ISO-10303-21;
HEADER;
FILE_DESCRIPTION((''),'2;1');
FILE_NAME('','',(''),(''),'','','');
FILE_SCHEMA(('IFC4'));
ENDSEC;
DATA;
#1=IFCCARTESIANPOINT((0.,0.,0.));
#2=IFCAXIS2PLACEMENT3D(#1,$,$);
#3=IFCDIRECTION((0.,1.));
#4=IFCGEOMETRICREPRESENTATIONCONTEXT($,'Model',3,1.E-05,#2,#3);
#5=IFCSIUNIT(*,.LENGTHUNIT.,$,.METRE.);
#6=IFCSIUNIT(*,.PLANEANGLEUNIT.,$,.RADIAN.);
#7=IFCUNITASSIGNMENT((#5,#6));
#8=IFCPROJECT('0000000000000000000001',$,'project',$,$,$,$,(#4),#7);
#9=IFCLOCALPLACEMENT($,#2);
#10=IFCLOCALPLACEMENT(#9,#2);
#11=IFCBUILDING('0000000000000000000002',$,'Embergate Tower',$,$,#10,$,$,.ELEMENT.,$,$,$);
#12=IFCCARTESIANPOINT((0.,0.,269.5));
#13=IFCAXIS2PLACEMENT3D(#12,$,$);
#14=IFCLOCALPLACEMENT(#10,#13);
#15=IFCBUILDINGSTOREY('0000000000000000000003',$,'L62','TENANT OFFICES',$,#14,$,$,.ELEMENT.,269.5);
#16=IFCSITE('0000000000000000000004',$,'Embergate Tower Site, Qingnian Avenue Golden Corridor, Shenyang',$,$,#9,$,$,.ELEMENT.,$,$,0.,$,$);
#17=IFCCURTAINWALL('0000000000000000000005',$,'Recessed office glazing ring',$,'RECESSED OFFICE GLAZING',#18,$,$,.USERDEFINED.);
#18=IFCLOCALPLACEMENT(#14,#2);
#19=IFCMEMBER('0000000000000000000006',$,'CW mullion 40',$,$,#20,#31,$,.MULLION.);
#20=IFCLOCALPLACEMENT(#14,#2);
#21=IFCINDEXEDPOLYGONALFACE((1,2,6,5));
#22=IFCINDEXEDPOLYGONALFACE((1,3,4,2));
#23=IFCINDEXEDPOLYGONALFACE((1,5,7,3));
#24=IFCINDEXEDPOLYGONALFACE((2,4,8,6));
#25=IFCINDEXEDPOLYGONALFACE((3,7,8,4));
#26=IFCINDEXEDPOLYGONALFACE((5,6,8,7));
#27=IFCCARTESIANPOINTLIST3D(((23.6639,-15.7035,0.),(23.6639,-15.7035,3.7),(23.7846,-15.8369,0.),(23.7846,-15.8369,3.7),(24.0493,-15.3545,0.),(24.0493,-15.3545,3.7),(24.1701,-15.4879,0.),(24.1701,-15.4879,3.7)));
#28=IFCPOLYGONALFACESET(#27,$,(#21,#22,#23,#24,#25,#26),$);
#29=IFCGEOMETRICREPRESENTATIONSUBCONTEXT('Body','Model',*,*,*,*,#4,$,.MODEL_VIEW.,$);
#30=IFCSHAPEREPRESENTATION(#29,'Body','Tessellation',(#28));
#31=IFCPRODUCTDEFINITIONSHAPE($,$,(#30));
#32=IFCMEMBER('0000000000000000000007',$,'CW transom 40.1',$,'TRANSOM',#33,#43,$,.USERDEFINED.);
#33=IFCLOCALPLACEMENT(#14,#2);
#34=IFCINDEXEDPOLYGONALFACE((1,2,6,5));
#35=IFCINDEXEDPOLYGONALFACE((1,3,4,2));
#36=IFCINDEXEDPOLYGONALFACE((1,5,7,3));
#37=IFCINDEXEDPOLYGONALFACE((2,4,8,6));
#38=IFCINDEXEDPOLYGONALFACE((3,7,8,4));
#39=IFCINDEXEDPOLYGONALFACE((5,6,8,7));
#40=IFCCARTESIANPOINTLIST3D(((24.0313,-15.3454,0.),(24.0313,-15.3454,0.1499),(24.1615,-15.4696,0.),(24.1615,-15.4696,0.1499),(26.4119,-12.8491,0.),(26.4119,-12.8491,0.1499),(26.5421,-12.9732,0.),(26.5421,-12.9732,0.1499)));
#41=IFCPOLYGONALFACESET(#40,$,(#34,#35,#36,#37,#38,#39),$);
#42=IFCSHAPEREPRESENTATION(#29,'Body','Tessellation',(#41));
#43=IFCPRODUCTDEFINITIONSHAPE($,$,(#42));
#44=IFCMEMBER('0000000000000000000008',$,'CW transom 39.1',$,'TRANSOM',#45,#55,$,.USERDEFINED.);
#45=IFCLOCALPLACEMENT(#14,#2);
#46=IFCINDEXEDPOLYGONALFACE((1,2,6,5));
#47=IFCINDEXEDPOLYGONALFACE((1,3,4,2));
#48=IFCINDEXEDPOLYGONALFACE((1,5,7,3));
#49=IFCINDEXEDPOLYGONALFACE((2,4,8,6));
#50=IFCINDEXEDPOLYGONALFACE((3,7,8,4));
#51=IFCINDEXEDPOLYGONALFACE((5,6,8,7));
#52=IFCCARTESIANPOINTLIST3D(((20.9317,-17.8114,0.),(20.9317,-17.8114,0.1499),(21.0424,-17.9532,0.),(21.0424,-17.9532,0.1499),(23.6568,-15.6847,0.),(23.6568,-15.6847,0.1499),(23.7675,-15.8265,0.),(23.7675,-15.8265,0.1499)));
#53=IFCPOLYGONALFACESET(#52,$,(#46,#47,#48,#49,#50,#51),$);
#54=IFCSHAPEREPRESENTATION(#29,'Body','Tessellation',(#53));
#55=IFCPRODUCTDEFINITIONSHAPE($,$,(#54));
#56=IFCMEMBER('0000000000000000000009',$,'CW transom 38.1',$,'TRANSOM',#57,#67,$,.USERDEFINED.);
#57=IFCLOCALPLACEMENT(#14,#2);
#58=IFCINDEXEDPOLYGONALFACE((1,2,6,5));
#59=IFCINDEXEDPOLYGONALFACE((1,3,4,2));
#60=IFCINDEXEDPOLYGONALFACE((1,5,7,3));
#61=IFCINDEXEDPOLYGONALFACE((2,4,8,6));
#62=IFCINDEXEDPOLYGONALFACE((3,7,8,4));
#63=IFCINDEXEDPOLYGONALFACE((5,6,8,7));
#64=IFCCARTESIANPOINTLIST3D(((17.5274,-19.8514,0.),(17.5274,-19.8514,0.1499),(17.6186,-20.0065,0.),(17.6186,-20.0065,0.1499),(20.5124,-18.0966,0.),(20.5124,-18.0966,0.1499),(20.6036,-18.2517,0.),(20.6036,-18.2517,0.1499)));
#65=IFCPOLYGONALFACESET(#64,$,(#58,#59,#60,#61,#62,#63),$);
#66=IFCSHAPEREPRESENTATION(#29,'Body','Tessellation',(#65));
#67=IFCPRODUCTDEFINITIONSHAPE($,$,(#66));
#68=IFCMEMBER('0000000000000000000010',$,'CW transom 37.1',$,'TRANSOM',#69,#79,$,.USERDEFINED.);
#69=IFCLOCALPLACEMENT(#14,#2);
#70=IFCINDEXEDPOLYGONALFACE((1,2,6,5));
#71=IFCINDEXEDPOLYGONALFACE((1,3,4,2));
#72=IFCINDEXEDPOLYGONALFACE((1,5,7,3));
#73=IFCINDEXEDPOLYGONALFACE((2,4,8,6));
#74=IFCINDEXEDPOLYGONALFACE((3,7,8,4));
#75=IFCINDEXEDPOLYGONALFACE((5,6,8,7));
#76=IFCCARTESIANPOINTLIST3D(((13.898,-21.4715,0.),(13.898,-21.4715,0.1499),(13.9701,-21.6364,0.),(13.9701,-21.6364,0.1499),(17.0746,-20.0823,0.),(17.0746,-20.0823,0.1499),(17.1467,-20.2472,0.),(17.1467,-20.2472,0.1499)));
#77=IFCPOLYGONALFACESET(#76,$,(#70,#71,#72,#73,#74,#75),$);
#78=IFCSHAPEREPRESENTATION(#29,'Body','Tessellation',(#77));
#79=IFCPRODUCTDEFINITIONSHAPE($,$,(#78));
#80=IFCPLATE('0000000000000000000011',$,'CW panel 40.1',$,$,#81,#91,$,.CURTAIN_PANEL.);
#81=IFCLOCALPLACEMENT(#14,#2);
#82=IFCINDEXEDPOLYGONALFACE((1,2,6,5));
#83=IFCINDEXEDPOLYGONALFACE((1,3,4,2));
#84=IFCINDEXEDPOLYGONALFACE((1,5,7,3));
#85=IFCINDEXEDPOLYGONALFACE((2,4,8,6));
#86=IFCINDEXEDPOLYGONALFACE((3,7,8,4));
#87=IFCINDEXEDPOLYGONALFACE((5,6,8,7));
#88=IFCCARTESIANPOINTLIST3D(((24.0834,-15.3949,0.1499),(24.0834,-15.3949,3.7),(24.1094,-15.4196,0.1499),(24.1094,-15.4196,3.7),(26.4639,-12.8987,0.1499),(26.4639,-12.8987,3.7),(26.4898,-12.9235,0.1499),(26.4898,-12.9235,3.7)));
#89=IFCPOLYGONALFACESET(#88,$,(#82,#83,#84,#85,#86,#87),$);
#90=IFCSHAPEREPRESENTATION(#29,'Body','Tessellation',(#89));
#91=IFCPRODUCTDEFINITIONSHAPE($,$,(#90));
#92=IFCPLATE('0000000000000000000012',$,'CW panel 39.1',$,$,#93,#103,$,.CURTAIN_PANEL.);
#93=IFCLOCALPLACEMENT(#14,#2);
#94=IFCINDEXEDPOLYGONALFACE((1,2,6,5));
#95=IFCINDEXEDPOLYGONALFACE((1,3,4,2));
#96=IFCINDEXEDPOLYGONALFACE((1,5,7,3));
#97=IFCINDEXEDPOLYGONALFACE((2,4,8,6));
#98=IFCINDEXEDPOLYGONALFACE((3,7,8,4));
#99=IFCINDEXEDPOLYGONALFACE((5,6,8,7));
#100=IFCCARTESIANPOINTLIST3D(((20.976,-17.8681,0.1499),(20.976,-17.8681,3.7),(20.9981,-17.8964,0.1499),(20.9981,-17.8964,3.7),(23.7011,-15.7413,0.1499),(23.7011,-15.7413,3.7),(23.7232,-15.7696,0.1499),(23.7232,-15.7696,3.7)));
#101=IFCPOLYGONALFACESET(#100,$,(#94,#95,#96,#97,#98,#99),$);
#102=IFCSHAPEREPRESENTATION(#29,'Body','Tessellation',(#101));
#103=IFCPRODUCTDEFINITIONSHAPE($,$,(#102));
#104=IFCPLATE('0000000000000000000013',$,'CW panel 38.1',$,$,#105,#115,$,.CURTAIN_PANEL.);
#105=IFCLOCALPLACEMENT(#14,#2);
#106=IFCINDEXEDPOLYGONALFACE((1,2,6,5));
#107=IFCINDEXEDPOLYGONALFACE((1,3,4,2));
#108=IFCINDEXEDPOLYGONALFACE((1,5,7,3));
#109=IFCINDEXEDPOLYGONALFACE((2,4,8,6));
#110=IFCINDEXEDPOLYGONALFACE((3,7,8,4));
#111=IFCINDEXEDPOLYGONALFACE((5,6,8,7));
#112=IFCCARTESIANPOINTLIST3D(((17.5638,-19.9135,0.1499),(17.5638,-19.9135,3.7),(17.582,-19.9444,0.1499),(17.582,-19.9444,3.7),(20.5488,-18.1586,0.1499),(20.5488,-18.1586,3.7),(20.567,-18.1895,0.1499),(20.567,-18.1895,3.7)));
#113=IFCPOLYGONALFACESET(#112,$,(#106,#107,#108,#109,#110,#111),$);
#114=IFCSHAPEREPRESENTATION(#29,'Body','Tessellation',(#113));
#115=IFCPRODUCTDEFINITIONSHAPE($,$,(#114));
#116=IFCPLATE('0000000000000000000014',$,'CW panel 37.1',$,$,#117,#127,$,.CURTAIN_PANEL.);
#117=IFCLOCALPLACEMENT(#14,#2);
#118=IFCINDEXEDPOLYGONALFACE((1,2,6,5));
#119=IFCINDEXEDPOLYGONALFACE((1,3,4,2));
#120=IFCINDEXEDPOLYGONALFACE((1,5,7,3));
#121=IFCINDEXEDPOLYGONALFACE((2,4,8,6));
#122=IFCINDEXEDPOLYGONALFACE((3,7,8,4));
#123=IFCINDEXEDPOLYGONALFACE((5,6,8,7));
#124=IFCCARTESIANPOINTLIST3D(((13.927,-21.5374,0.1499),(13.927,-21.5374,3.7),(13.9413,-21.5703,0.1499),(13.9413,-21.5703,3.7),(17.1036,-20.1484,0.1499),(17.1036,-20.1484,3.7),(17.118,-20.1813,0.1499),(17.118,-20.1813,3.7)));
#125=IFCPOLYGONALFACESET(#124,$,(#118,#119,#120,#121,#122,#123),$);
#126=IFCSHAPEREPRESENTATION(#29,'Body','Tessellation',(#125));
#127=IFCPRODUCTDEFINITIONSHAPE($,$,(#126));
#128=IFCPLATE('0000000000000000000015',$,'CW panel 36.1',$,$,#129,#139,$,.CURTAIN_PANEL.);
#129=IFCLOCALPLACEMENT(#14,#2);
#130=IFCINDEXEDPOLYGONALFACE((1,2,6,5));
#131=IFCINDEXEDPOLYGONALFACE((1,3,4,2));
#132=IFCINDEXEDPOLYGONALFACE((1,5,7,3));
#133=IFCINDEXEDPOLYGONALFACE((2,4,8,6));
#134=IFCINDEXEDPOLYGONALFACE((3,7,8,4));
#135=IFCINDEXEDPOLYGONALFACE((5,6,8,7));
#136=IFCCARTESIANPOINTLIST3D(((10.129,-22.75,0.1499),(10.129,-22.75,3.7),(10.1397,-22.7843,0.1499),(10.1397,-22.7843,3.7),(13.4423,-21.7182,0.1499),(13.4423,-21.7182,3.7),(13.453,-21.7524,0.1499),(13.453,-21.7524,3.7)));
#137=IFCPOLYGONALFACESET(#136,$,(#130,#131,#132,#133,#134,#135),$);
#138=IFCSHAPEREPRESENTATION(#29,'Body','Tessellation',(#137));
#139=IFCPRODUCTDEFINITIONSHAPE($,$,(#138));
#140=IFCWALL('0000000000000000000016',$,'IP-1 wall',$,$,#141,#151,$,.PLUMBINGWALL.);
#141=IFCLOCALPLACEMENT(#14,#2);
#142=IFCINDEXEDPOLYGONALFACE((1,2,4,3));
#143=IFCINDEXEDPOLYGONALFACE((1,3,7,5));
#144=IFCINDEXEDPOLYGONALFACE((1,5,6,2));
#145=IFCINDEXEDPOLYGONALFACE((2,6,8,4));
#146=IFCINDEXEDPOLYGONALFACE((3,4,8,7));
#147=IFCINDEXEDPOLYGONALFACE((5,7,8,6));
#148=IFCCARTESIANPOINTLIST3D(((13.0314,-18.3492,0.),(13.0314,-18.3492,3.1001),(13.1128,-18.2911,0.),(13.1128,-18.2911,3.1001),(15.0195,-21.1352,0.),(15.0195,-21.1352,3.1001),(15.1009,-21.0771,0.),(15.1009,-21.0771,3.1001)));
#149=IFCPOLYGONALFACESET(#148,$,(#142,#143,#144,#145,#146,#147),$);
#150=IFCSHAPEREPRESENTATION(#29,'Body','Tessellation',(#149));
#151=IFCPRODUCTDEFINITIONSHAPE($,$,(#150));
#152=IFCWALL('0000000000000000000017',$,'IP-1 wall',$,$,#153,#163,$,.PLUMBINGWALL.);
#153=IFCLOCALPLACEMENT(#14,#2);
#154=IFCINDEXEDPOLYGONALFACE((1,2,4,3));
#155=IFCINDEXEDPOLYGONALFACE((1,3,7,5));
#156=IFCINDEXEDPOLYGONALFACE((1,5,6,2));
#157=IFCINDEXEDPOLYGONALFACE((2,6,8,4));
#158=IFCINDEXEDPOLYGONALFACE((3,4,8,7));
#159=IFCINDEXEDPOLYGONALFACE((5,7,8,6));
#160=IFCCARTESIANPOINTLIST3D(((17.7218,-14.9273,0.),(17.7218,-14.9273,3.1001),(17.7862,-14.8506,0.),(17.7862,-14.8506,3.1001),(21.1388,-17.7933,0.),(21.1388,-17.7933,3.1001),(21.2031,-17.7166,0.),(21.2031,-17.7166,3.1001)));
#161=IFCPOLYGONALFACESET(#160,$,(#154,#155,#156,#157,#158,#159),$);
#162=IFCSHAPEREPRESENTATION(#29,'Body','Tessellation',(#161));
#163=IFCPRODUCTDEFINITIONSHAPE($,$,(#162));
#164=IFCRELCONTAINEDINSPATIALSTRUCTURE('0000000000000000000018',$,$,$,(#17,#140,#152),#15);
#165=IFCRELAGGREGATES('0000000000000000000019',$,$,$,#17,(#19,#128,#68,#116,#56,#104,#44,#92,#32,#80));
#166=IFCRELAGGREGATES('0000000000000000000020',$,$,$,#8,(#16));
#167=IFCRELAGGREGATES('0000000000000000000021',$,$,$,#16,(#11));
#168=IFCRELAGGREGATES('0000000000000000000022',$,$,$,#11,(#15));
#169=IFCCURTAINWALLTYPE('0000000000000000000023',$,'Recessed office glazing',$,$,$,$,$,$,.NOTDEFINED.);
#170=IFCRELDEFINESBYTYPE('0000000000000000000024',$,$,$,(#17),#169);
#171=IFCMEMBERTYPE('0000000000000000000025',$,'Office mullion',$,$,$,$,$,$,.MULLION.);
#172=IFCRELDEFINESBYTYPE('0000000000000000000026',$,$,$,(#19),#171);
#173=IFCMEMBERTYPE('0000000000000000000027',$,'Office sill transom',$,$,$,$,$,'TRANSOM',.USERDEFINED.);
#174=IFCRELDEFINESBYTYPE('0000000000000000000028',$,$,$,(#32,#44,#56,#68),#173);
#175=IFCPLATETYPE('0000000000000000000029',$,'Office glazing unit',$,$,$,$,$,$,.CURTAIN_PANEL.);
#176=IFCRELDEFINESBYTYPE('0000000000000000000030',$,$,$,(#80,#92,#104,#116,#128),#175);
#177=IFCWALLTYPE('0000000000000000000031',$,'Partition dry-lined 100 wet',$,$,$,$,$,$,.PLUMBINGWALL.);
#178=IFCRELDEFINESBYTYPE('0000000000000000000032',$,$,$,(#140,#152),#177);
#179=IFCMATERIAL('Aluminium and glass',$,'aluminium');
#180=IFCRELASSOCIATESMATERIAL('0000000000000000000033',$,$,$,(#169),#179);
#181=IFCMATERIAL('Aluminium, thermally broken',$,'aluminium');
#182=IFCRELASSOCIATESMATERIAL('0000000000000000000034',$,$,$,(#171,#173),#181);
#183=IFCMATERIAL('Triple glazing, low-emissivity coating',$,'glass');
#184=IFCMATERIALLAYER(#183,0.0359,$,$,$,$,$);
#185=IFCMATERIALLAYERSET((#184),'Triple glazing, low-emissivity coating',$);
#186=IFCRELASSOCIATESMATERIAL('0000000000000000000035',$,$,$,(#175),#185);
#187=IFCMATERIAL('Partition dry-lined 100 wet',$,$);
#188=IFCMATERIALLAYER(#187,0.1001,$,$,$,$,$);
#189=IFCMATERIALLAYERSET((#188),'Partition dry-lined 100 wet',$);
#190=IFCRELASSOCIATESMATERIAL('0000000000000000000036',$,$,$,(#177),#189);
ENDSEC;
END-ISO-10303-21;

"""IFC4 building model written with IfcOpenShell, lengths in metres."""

from ifc_helpers import new_model, si_unit, direction, frame, frame_2d, origin, origin_2d, place, context, subcontext, project, spatial, rectangle, extrude, source, transform, mapped, material, layer, layer_set, material_profile, profile_set, type_object, element, aggregate, save


model = new_model("IFC4")

# Units and contexts
model_context = context("Model", 3, precision=1e-05, world=origin(), true_north=direction((0.0, 1.0)))
body_context = subcontext(model_context, "Body", "Model", "MODEL_VIEW")
ifc_project = project(units=[si_unit("LENGTHUNIT", "METRE"), si_unit("PLANEANGLEUNIT", "RADIAN")], contexts=[model_context])

# Site, building, storey
site_placement = place(None, origin())
site = spatial("IfcSite", under=ifc_project, at=site_placement, Name="Embergate Tower Site, Qingnian Avenue Golden Corridor, Shenyang", CompositionType="ELEMENT", RefElevation=0.0)
building_placement = place(site_placement, origin())
building = spatial("IfcBuilding", under=site, at=building_placement, Name="Embergate Tower", CompositionType="ELEMENT")
storey_placement = place(building_placement, frame((0.0, 0.0, 269.5)))
storey = spatial("IfcBuildingStorey", under=building, at=storey_placement, Name="L62", Description="TENANT OFFICES", CompositionType="ELEMENT", Elevation=269.5)

# Curtain wall, members, plates
ifc_material_1 = material(Name="Aluminium and glass", Category="aluminium")
curtain_wall_type = type_object("IfcCurtainWallType", Name="Recessed office glazing", PredefinedType="NOTDEFINED", material=ifc_material_1)
curtain_wall_placement = place(storey_placement, origin())
curtain_wall = element("IfcCurtainWall", 1, at=curtain_wall_placement, inside=storey, type_object=curtain_wall_type, Name="Recessed office glazing ring", ObjectType="RECESSED OFFICE GLAZING", PredefinedType="USERDEFINED")
ifc_material_2 = material(Name="Aluminium, thermally broken", Category="aluminium")
ifc_material_profile_1 = material_profile(ifc_material_2, rectangle(XDim=0.1799, YDim=0.52, at=origin_2d()), Name="AL 520x180")
ifc_profile_set_1 = profile_set([ifc_material_profile_1], Name="Aluminium, thermally broken")
member_type_1 = type_object("IfcMemberType", Name="Office mullion", PredefinedType="MULLION", material=ifc_profile_set_1)
shared_shape_1 = source(origin(), body_context, "Body", "SweptSolid", [
    extrude(rectangle(XDim=0.1799, YDim=0.52, at=origin_2d()), origin(), (0.0, 0.0, 1.0), 3.7),
])
member_1_placement = place(storey_placement, frame((23.917, -15.5957, 0.0), z_axis=(0.0, 0.0, 1.0), x_axis=(-0.671216, 0.741262, 0.0)))
member_1 = element("IfcMember", 2, at=member_1_placement, type_object=member_type_1, Name="CW mullion 40", PredefinedType="MULLION", context=body_context, shape_type="MappedRepresentation", body=[
    mapped(shared_shape_1, transform((0.0, 0.0, 0.0))),
])
ifc_material_profile_2 = material_profile(ifc_material_2, rectangle(XDim=0.1799, YDim=0.1499, at=origin_2d()), Name="AL 150x180")
ifc_profile_set_2 = profile_set([ifc_material_profile_2], Name="Aluminium, thermally broken")
member_type_2 = type_object("IfcMemberType", Name="Office sill transom", ElementType="TRANSOM", PredefinedType="USERDEFINED", material=ifc_profile_set_2)
shared_shape_2 = source(origin(), body_context, "Body", "SweptSolid", [
    extrude(rectangle(XDim=0.1799, YDim=0.1499, at=origin_2d()), origin(), (0.0, 0.0, 1.0), 3.4495),
])
member_2_placement = place(storey_placement, frame((24.0964, -15.4075, 0.075), z_axis=(0.690134, 0.723682, 0.0), x_axis=(-0.723682, 0.690134, 0.0)))
member_2 = element("IfcMember", 3, at=member_2_placement, type_object=member_type_2, Name="CW transom 40.1", ObjectType="TRANSOM", PredefinedType="USERDEFINED", context=body_context, shape_type="MappedRepresentation", body=[
    mapped(shared_shape_2, transform((0.0, 0.0, 0.0))),
])
shared_shape_3 = source(origin(), body_context, "Body", "SweptSolid", [
    extrude(rectangle(XDim=0.1799, YDim=0.1499, at=origin_2d()), origin(), (0.0, 0.0, 1.0), 3.4568),
])
member_3_placement = place(storey_placement, frame((20.9871, -17.8823, 0.075), z_axis=(0.788343, 0.615236, 0.0), x_axis=(-0.615236, 0.788343, 0.0)))
member_3 = element("IfcMember", 4, at=member_3_placement, type_object=member_type_2, Name="CW transom 39.1", ObjectType="TRANSOM", PredefinedType="USERDEFINED", context=body_context, shape_type="MappedRepresentation", body=[
    mapped(shared_shape_3, transform((0.0, 0.0, 0.0))),
])
shared_shape_4 = source(origin(), body_context, "Body", "SweptSolid", [
    extrude(rectangle(XDim=0.1799, YDim=0.1499, at=origin_2d()), origin(), (0.0, 0.0, 1.0), 3.4626),
])
member_4_placement = place(storey_placement, frame((17.573, -19.929, 0.075), z_axis=(0.862068, 0.506792, 0.0), x_axis=(-0.506792, 0.862068, 0.0)))
member_4 = element("IfcMember", 5, at=member_4_placement, type_object=member_type_2, Name="CW transom 38.1", ObjectType="TRANSOM", PredefinedType="USERDEFINED", context=body_context, shape_type="MappedRepresentation", body=[
    mapped(shared_shape_4, transform((0.0, 0.0, 0.0))),
])
shared_shape_5 = source(origin(), body_context, "Body", "SweptSolid", [
    extrude(rectangle(XDim=0.1799, YDim=0.1499, at=origin_2d()), origin(), (0.0, 0.0, 1.0), 3.467),
])
member_5_placement = place(storey_placement, frame((13.9341, -21.554, 0.075), z_axis=(0.916217, 0.400682, 0.0), x_axis=(-0.400682, 0.916217, 0.0)))
member_5 = element("IfcMember", 6, at=member_5_placement, type_object=member_type_2, Name="CW transom 37.1", ObjectType="TRANSOM", PredefinedType="USERDEFINED", context=body_context, shape_type="MappedRepresentation", body=[
    mapped(shared_shape_5, transform((0.0, 0.0, 0.0))),
])
ifc_material_3 = material(Name="Triple glazing, low-emissivity coating", Category="glass")
ifc_layer_1 = layer(ifc_material_3, 0.0359)
ifc_layer_set_1 = layer_set([ifc_layer_1], Name="Triple glazing, low-emissivity coating")
plate_type = type_object("IfcPlateType", Name="Office glazing unit", PredefinedType="CURTAIN_PANEL", material=ifc_layer_set_1)
shared_shape_6 = source(origin(), body_context, "Body", "SweptSolid", [
    extrude(rectangle(XDim=3.4492, YDim=0.0359, at=origin_2d()), origin(), (0.0, 0.0, 1.0), 3.55),
])
plate_1_placement = place(storey_placement, frame((25.2866, -14.1592, 0.1499), z_axis=(0.0, 0.0, 1.0), x_axis=(0.690139, 0.723677, 0.0)))
plate_1 = element("IfcPlate", 7, at=plate_1_placement, type_object=plate_type, Name="CW panel 40.1", PredefinedType="CURTAIN_PANEL", context=body_context, shape_type="MappedRepresentation", body=[
    mapped(shared_shape_6, transform((0.0, 0.0, 0.0))),
])
shared_shape_7 = source(origin(), body_context, "Body", "SweptSolid", [
    extrude(rectangle(XDim=3.4568, YDim=0.0359, at=origin_2d()), origin(), (0.0, 0.0, 1.0), 3.55),
])
plate_2_placement = place(storey_placement, frame((22.3496, -16.8188, 0.1499), z_axis=(0.0, 0.0, 1.0), x_axis=(0.788323, 0.615261, 0.0)))
plate_2 = element("IfcPlate", 8, at=plate_2_placement, type_object=plate_type, Name="CW panel 39.1", PredefinedType="CURTAIN_PANEL", context=body_context, shape_type="MappedRepresentation", body=[
    mapped(shared_shape_7, transform((0.0, 0.0, 0.0))),
])
shared_shape_8 = source(origin(), body_context, "Body", "SweptSolid", [
    extrude(rectangle(XDim=3.4626, YDim=0.0359, at=origin_2d()), origin(), (0.0, 0.0, 1.0), 3.55),
])
plate_3_placement = place(storey_placement, frame((19.0654, -19.0515, 0.1499), z_axis=(0.0, 0.0, 1.0), x_axis=(0.862055, 0.506815, 0.0)))
plate_3 = element("IfcPlate", 9, at=plate_3_placement, type_object=plate_type, Name="CW panel 38.1", PredefinedType="CURTAIN_PANEL", context=body_context, shape_type="MappedRepresentation", body=[
    mapped(shared_shape_8, transform((0.0, 0.0, 0.0))),
])
shared_shape_9 = source(origin(), body_context, "Body", "SweptSolid", [
    extrude(rectangle(XDim=3.467, YDim=0.0359, at=origin_2d()), origin(), (0.0, 0.0, 1.0), 3.55),
])
plate_4_placement = place(storey_placement, frame((15.5225, -20.8594, 0.1499), z_axis=(0.0, 0.0, 1.0), x_axis=(0.916238, 0.400635, 0.0)))
plate_4 = element("IfcPlate", 10, at=plate_4_placement, type_object=plate_type, Name="CW panel 37.1", PredefinedType="CURTAIN_PANEL", context=body_context, shape_type="MappedRepresentation", body=[
    mapped(shared_shape_9, transform((0.0, 0.0, 0.0))),
])
shared_shape_10 = source(origin(), body_context, "Body", "SweptSolid", [
    extrude(rectangle(XDim=3.4702, YDim=0.0359, at=origin_2d()), origin(), (0.0, 0.0, 1.0), 3.55),
])
plate_5_placement = place(storey_placement, frame((11.791, -22.2512, 0.1499), z_axis=(0.0, 0.0, 1.0), x_axis=(0.954773, 0.297337, 0.0)))
plate_5 = element("IfcPlate", 11, at=plate_5_placement, type_object=plate_type, Name="CW panel 36.1", PredefinedType="CURTAIN_PANEL", context=body_context, shape_type="MappedRepresentation", body=[
    mapped(shared_shape_10, transform((0.0, 0.0, 0.0))),
])
aggregate(curtain_wall, [member_1, plate_5, member_5, plate_4, member_4, plate_3, member_3, plate_2, member_2, plate_1])

# Walls
ifc_material_4 = material(Name="Partition dry-lined 100 wet")
ifc_layer_2 = layer(ifc_material_4, 0.1001)
ifc_layer_set_2 = layer_set([ifc_layer_2], Name="Partition dry-lined 100 wet")
wall_type = type_object("IfcWallType", Name="Partition dry-lined 100 wet", PredefinedType="PLUMBINGWALL", material=ifc_layer_set_2)
shared_shape_11 = source(origin(), body_context, "Body", "SweptSolid", [
    extrude(rectangle(XDim=3.4226, YDim=0.1001, at=frame_2d((1.7114, 0.0))), origin(), (0.0, 0.0, 1.0), 3.1001),
])
wall_1_placement = place(storey_placement, frame((13.072, -18.3201, 0.0), z_axis=(0.0, 0.0, 1.0), x_axis=(0.580874, -0.813994, 0.0)))
element("IfcWall", 12, at=wall_1_placement, inside=storey, type_object=wall_type, Name="IP-1 wall", PredefinedType="PLUMBINGWALL", context=body_context, shape_type="MappedRepresentation", body=[
    mapped(shared_shape_11, transform((0.0, 0.0, 0.0))),
])
shared_shape_12 = source(origin(), body_context, "Body", "SweptSolid", [
    extrude(rectangle(XDim=4.4597, YDim=0.1001, at=frame_2d((2.23, 0.0))), origin(), (0.0, 0.0, 1.0), 3.1001),
])
wall_2_placement = place(storey_placement, frame((17.7539, -14.8889, 0.0), z_axis=(0.0, 0.0, 1.0), x_axis=(0.76618, -0.642626, 0.0)))
element("IfcWall", 13, at=wall_2_placement, inside=storey, type_object=wall_type, Name="IP-1 wall", PredefinedType="PLUMBINGWALL", context=body_context, shape_type="MappedRepresentation", body=[
    mapped(shared_shape_12, transform((0.0, 0.0, 0.0))),
])

save(model, "model.ifc")
